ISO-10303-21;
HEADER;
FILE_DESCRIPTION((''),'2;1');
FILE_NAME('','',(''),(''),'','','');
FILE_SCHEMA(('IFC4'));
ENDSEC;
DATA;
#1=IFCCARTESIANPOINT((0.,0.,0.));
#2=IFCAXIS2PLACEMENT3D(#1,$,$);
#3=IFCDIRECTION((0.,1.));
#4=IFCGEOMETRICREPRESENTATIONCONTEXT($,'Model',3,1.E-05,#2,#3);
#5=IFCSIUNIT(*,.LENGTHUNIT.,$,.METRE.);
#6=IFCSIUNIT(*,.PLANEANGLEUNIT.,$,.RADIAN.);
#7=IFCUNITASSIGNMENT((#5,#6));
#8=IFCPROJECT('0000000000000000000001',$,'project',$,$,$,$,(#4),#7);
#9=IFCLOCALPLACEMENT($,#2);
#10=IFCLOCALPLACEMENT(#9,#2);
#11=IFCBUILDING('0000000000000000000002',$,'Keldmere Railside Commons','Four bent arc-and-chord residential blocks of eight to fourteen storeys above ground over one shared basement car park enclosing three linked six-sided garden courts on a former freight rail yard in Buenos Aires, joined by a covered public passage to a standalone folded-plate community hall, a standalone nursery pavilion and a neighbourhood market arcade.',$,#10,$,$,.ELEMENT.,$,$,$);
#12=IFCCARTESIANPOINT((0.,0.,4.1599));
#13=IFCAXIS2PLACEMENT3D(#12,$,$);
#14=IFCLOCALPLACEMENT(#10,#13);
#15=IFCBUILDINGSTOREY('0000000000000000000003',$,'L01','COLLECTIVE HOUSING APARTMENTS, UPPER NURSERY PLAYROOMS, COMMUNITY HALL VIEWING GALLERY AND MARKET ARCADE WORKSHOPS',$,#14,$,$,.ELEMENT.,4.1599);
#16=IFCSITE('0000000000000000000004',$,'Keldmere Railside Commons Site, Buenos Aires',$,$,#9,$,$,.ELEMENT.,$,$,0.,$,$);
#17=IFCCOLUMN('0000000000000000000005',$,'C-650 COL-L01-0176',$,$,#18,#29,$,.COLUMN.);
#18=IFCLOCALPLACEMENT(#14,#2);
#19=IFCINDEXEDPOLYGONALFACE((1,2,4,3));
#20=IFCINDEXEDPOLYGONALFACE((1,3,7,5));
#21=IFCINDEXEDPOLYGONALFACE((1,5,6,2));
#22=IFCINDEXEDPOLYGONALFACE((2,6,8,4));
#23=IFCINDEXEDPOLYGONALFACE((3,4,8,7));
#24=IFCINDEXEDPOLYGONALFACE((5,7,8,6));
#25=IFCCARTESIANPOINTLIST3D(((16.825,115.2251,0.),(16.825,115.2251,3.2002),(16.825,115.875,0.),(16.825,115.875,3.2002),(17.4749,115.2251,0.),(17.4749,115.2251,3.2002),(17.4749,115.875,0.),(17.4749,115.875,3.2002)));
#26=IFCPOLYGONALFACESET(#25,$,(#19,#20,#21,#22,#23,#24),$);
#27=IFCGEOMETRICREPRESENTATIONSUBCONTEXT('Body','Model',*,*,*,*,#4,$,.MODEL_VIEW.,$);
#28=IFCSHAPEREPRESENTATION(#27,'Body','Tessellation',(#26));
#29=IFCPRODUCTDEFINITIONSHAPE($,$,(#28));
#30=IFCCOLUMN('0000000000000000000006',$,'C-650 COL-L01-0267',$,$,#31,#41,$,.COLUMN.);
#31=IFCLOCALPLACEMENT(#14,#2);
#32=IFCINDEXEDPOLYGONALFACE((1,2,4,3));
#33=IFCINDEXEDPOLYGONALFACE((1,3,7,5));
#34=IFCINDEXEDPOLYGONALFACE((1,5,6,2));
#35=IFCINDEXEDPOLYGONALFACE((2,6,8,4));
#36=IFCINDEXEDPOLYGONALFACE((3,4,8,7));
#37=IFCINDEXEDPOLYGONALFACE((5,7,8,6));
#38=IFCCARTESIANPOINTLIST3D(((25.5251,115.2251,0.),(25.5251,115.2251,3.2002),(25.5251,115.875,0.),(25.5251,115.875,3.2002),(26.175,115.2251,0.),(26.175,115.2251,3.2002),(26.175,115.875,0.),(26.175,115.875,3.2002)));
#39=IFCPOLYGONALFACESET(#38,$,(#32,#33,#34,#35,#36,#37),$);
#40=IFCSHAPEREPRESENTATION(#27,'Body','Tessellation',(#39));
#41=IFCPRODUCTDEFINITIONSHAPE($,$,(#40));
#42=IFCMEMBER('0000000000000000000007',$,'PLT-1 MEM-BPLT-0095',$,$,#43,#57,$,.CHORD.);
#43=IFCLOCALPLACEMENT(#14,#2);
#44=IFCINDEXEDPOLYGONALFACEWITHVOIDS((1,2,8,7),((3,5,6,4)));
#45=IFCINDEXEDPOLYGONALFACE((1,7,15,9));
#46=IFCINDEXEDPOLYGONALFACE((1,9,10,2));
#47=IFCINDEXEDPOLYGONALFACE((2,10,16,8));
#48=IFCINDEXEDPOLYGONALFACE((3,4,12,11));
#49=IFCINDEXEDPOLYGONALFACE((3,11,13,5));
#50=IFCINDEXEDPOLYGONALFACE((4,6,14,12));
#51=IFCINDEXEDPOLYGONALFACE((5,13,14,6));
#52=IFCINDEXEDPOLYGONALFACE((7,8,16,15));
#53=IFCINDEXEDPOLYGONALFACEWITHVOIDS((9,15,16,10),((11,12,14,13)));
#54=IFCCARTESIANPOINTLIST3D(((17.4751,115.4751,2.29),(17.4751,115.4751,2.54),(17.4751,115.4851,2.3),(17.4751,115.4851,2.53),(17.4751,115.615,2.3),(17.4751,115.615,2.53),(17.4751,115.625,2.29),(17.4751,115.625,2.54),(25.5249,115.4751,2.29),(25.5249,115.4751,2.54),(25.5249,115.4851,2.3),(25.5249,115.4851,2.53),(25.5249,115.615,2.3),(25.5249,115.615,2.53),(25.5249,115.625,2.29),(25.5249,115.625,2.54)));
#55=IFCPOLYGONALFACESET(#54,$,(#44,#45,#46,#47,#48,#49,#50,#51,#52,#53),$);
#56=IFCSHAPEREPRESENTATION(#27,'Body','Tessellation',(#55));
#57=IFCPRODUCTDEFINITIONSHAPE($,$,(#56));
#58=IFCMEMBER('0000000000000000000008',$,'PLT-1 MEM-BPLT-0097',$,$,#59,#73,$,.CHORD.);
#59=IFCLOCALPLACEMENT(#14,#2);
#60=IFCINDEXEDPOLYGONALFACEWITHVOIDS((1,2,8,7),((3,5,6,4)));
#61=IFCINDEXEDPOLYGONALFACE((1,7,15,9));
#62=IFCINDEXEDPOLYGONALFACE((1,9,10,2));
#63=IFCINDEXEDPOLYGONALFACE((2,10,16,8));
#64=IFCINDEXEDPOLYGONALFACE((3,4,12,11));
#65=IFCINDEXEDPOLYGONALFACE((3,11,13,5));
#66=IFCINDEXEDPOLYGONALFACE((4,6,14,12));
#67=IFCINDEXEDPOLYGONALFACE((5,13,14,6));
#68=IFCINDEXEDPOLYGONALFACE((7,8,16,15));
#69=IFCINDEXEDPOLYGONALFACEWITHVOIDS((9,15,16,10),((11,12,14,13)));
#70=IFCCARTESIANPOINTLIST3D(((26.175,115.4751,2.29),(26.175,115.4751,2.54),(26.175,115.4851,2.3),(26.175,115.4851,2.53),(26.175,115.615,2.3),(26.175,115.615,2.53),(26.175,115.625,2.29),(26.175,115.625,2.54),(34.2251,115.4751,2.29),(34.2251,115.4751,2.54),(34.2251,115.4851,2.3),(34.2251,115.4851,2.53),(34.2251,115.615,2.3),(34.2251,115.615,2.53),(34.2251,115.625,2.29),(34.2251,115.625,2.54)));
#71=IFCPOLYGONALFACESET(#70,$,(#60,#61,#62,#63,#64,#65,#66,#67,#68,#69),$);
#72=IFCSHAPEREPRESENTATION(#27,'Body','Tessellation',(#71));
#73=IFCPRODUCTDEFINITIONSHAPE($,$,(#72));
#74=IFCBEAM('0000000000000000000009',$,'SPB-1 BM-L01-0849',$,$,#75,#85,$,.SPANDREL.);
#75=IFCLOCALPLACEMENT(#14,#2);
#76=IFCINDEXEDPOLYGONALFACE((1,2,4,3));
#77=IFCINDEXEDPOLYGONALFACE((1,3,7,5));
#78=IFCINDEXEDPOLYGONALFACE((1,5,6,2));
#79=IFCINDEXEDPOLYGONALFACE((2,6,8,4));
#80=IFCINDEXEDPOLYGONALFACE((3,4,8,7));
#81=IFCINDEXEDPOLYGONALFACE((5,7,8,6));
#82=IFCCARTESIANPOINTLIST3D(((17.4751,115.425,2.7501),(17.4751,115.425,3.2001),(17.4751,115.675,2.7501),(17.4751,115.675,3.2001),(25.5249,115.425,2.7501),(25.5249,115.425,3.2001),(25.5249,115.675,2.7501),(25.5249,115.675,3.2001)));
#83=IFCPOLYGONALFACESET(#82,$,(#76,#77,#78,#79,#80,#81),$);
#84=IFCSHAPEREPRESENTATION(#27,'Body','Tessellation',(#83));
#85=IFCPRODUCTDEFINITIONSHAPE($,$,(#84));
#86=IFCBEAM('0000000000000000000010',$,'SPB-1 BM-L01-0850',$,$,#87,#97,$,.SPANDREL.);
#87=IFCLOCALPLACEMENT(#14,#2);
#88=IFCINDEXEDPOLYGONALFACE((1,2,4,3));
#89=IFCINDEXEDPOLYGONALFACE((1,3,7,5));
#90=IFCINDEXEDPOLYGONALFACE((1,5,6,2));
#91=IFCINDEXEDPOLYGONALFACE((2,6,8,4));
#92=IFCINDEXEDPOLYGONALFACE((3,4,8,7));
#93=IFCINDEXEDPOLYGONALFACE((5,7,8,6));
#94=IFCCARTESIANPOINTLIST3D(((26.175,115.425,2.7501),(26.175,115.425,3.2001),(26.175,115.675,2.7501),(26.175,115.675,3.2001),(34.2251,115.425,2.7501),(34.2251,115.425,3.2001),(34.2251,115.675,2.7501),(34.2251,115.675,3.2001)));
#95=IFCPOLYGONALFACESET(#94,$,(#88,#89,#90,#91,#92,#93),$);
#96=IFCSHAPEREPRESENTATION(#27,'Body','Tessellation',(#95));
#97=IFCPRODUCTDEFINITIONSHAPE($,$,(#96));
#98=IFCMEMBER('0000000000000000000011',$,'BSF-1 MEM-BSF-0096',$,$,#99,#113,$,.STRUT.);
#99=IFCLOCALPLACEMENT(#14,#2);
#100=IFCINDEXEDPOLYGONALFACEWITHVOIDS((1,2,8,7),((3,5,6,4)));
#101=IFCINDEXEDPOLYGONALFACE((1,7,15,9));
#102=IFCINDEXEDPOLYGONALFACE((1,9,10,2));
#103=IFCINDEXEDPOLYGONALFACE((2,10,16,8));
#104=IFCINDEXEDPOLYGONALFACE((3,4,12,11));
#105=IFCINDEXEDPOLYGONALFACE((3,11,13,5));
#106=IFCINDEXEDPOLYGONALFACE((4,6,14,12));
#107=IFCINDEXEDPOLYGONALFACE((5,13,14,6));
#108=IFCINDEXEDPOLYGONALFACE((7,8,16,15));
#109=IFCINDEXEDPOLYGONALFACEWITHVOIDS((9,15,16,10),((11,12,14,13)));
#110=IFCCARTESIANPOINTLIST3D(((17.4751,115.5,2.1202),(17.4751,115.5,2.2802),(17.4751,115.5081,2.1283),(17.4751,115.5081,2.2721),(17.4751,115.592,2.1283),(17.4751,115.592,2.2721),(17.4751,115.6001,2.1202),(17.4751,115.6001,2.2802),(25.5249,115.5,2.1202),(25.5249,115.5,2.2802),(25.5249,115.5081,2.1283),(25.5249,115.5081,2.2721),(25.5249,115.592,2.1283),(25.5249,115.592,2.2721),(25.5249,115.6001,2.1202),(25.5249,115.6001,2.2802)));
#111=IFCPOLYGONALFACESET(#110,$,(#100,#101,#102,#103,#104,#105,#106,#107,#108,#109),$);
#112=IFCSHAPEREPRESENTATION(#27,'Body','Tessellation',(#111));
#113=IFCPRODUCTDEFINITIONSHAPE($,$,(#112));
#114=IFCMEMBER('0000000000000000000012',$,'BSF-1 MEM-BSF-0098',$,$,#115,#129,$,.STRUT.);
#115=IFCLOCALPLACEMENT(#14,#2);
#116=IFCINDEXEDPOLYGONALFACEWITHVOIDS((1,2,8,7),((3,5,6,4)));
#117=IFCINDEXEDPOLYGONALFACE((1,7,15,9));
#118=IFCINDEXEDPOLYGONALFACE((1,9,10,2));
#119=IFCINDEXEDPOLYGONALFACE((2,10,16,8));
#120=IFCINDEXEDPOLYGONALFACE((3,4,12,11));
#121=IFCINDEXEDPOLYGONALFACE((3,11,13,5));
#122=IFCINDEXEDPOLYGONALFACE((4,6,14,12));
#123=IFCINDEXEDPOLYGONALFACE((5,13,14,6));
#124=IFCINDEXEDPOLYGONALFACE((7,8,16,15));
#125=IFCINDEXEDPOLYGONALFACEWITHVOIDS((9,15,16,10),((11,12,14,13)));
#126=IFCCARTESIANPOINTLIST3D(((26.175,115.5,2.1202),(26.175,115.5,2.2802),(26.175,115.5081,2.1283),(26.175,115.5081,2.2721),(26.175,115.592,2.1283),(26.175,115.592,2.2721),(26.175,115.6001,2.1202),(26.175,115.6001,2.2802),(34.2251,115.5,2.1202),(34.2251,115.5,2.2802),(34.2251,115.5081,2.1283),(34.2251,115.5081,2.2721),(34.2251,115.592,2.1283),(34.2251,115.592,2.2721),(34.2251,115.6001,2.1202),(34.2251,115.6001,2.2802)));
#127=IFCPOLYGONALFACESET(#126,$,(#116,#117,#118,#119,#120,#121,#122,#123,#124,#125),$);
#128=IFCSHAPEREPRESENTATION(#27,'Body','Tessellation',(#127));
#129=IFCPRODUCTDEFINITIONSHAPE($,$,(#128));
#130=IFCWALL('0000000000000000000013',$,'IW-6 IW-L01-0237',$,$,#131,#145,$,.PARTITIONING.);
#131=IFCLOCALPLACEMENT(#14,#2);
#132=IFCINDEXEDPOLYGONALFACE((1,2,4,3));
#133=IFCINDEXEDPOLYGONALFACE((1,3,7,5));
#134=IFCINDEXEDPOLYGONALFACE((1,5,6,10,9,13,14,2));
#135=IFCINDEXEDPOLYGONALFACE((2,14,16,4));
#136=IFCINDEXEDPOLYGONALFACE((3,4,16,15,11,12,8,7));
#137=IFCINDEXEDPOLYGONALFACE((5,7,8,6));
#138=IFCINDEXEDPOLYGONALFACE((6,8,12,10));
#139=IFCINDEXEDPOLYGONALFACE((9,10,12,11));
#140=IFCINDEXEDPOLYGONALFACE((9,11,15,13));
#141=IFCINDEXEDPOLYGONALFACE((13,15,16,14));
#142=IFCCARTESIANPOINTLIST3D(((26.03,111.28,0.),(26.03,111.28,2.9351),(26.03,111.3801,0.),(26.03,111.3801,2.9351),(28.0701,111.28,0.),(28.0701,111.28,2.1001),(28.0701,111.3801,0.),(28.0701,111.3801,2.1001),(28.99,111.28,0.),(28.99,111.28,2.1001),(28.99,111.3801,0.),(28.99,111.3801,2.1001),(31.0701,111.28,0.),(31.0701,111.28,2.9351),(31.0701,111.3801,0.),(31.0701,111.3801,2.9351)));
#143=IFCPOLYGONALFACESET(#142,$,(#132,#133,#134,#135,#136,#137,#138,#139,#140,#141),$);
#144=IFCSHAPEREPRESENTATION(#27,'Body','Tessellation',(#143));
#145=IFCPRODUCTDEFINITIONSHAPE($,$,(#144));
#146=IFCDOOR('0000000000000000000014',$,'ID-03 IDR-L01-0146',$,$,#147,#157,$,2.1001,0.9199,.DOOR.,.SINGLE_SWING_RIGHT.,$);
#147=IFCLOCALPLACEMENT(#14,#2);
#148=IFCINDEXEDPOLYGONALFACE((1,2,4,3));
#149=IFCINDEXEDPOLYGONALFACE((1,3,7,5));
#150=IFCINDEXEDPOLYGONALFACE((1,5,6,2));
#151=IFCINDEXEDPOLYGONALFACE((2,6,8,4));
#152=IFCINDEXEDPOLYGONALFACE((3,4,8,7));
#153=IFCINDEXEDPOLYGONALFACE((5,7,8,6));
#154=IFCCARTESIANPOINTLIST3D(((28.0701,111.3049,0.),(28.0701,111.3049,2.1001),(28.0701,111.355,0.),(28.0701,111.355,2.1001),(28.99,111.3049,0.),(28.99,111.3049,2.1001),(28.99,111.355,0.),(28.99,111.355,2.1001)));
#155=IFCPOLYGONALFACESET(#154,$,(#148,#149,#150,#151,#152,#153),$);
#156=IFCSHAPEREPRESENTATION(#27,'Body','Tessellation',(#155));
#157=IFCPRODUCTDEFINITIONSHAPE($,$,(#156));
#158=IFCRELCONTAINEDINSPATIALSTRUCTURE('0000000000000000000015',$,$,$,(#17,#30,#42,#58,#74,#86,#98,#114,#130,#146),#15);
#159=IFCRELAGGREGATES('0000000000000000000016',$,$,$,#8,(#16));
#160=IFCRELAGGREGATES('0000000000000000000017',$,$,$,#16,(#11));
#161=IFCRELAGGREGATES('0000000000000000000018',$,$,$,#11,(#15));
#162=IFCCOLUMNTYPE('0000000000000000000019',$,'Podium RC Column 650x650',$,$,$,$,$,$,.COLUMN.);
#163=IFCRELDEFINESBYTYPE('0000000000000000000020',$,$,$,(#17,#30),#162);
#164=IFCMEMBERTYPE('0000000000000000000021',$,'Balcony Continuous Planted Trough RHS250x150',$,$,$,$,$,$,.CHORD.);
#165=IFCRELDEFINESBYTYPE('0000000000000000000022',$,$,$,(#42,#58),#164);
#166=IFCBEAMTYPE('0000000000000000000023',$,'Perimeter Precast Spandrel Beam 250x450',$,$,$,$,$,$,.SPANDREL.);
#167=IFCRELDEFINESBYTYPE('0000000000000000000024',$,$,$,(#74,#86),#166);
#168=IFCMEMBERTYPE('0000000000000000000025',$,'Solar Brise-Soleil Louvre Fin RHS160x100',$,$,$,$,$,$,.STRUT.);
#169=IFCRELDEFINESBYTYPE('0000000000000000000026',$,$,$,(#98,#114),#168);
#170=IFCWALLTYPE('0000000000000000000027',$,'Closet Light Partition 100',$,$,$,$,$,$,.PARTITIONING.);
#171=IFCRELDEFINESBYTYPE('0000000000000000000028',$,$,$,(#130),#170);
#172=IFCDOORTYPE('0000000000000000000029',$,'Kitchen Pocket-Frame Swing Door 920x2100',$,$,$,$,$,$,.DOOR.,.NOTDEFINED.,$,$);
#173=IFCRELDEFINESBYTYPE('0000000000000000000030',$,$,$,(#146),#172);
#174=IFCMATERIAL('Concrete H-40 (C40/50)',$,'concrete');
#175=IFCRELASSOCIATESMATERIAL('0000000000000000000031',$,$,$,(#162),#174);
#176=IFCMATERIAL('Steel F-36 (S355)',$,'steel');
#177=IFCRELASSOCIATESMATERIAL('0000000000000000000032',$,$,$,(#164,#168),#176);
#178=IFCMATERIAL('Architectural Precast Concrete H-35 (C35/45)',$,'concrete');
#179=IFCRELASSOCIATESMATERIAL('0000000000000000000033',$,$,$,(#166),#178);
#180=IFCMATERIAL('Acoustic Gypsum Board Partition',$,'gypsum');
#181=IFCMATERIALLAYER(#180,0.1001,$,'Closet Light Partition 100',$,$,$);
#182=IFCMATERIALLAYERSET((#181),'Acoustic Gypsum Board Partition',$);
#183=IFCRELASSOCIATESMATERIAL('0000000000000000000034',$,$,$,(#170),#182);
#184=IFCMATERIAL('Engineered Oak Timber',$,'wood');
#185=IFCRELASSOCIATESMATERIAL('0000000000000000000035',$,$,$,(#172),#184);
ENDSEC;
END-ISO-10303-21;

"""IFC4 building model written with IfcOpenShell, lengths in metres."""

from ifc_helpers import new_model, si_unit, direction, frame, frame_2d, origin, origin_2d, place, context, subcontext, project, spatial, rectangle, hollow_rectangle, extrude, material, layer, layer_set, material_profile, profile_set, type_object, element, fill, save


model = new_model("IFC4")

# Units and contexts
model_context = context("Model", 3, precision=1e-05, world=origin(), true_north=direction((0.0, 1.0)))
body_context = subcontext(model_context, "Body", "Model", "MODEL_VIEW")
ifc_project = project(units=[si_unit("LENGTHUNIT", "METRE"), si_unit("PLANEANGLEUNIT", "RADIAN")], contexts=[model_context])

# Site, building, storey
site_placement = place(None, origin())
site = spatial("IfcSite", under=ifc_project, at=site_placement, Name="Keldmere Railside Commons Site, Buenos Aires", CompositionType="ELEMENT", RefElevation=0.0)
building_placement = place(site_placement, origin())
building = spatial("IfcBuilding", under=site, at=building_placement, Name="Keldmere Railside Commons", Description="Four bent arc-and-chord residential blocks of eight to fourteen storeys above ground over one shared basement car park enclosing three linked six-sided garden courts on a former freight rail yard in Buenos Aires, joined by a covered public passage to a standalone folded-plate community hall, a standalone nursery pavilion and a neighbourhood market arcade.", CompositionType="ELEMENT")
storey_placement = place(building_placement, frame((0.0, 0.0, 4.1599)))
storey = spatial("IfcBuildingStorey", under=building, at=storey_placement, Name="L01", Description="COLLECTIVE HOUSING APARTMENTS, UPPER NURSERY PLAYROOMS, COMMUNITY HALL VIEWING GALLERY AND MARKET ARCADE WORKSHOPS", CompositionType="ELEMENT", Elevation=4.1599)

# Columns
ifc_material_1 = material(Name="Concrete H-40 (C40/50)", Category="concrete")
ifc_material_profile_1 = material_profile(ifc_material_1, rectangle(XDim=0.6499, YDim=0.6499, at=origin_2d()), Name="RC-650x650")
ifc_profile_set_1 = profile_set([ifc_material_profile_1], Name="Concrete H-40 (C40/50)")
column_type = type_object("IfcColumnType", Name="Podium RC Column 650x650", PredefinedType="COLUMN", material=ifc_profile_set_1)
for number, where, z_axis, x_axis, name in (
    (1, (17.1499, 115.55, 0.0), (0.0, 0.0, 1.0), (1.0, 0.0, 0.0), "C-650 COL-L01-0176"),
    (2, (25.8501, 115.55, 0.0), (0.0, 0.0, 1.0), (1.0, 0.0, 0.0), "C-650 COL-L01-0267"),
):
    element("IfcColumn", number, at=place(storey_placement, frame(where, z_axis=z_axis, x_axis=x_axis)), inside=storey, type_object=column_type, Name=name, PredefinedType="COLUMN", context=body_context, shape_type="SweptSolid", body=[
        extrude(rectangle(XDim=0.6499, YDim=0.6499, at=origin_2d()), origin(), (0.0, 0.0, 1.0), 3.2002),
    ])

# Members
ifc_material_2 = material(Name="Steel F-36 (S355)", Category="steel")
ifc_material_profile_2 = material_profile(ifc_material_2, hollow_rectangle(XDim=0.1499, YDim=0.25, WallThickness=0.01, at=origin_2d()), Name="RHS-250x150x10")
ifc_profile_set_2 = profile_set([ifc_material_profile_2], Name="Steel F-36 (S355)")
member_type_1 = type_object("IfcMemberType", Name="Balcony Continuous Planted Trough RHS250x150", PredefinedType="CHORD", material=ifc_profile_set_2)
member_1_placement = place(storey_placement, frame((17.4751, 115.55, 2.415), z_axis=(1.0, 0.0, 0.0), x_axis=(0.0, 1.0, 0.0)))
element("IfcMember", 3, at=member_1_placement, inside=storey, type_object=member_type_1, Name="PLT-1 MEM-BPLT-0095", PredefinedType="CHORD", context=body_context, shape_type="SweptSolid", body=[
    extrude(hollow_rectangle(XDim=0.1499, YDim=0.25, WallThickness=0.01, at=origin_2d()), origin(), (0.0, 0.0, 1.0), 8.0498),
])
member_2_placement = place(storey_placement, frame((26.175, 115.55, 2.415), z_axis=(1.0, 0.0, 0.0), x_axis=(0.0, 1.0, 0.0)))
element("IfcMember", 4, at=member_2_placement, inside=storey, type_object=member_type_1, Name="PLT-1 MEM-BPLT-0097", PredefinedType="CHORD", context=body_context, shape_type="SweptSolid", body=[
    extrude(hollow_rectangle(XDim=0.1499, YDim=0.25, WallThickness=0.01, at=origin_2d()), origin(), (0.0, 0.0, 1.0), 8.05),
])

# Beams
ifc_material_3 = material(Name="Architectural Precast Concrete H-35 (C35/45)", Category="concrete")
ifc_material_profile_3 = material_profile(ifc_material_3, rectangle(XDim=0.25, YDim=0.45, at=origin_2d()), Name="RC-250x450")
ifc_profile_set_3 = profile_set([ifc_material_profile_3], Name="Architectural Precast Concrete H-35 (C35/45)")
beam_type = type_object("IfcBeamType", Name="Perimeter Precast Spandrel Beam 250x450", PredefinedType="SPANDREL", material=ifc_profile_set_3)
beam_1_placement = place(storey_placement, frame((17.4751, 115.55, 2.9751), z_axis=(1.0, 0.0, 0.0), x_axis=(0.0, 1.0, 0.0)))
element("IfcBeam", 5, at=beam_1_placement, inside=storey, type_object=beam_type, Name="SPB-1 BM-L01-0849", PredefinedType="SPANDREL", context=body_context, shape_type="SweptSolid", body=[
    extrude(rectangle(XDim=0.25, YDim=0.45, at=origin_2d()), origin(), (0.0, 0.0, 1.0), 8.0498),
])
beam_2_placement = place(storey_placement, frame((26.175, 115.55, 2.9751), z_axis=(1.0, 0.0, 0.0), x_axis=(0.0, 1.0, 0.0)))
element("IfcBeam", 6, at=beam_2_placement, inside=storey, type_object=beam_type, Name="SPB-1 BM-L01-0850", PredefinedType="SPANDREL", context=body_context, shape_type="SweptSolid", body=[
    extrude(rectangle(XDim=0.25, YDim=0.45, at=origin_2d()), origin(), (0.0, 0.0, 1.0), 8.05),
])

# Members
ifc_material_profile_4 = material_profile(ifc_material_2, hollow_rectangle(XDim=0.1001, YDim=0.1599, WallThickness=0.0081, at=origin_2d()), Name="RHS-160x100x8")
ifc_profile_set_4 = profile_set([ifc_material_profile_4], Name="Steel F-36 (S355)")
member_type_2 = type_object("IfcMemberType", Name="Solar Brise-Soleil Louvre Fin RHS160x100", PredefinedType="STRUT", material=ifc_profile_set_4)
member_3_placement = place(storey_placement, frame((17.4751, 115.55, 2.2002), z_axis=(1.0, 0.0, 0.0), x_axis=(0.0, 1.0, 0.0)))
element("IfcMember", 7, at=member_3_placement, inside=storey, type_object=member_type_2, Name="BSF-1 MEM-BSF-0096", PredefinedType="STRUT", context=body_context, shape_type="SweptSolid", body=[
    extrude(hollow_rectangle(XDim=0.1001, YDim=0.1599, WallThickness=0.0081, at=origin_2d()), origin(), (0.0, 0.0, 1.0), 8.0498),
])
member_4_placement = place(storey_placement, frame((26.175, 115.55, 2.2002), z_axis=(1.0, 0.0, 0.0), x_axis=(0.0, 1.0, 0.0)))
element("IfcMember", 8, at=member_4_placement, inside=storey, type_object=member_type_2, Name="BSF-1 MEM-BSF-0098", PredefinedType="STRUT", context=body_context, shape_type="SweptSolid", body=[
    extrude(hollow_rectangle(XDim=0.1001, YDim=0.1599, WallThickness=0.0081, at=origin_2d()), origin(), (0.0, 0.0, 1.0), 8.05),
])

# Wall, opening, door
ifc_material_4 = material(Name="Acoustic Gypsum Board Partition", Category="gypsum")
ifc_layer_1 = layer(ifc_material_4, 0.1001, Name="Closet Light Partition 100")
ifc_layer_set_1 = layer_set([ifc_layer_1], Name="Acoustic Gypsum Board Partition")
wall_type_1 = type_object("IfcWallType", Name="Closet Light Partition 100", PredefinedType="PARTITIONING", material=ifc_layer_set_1)
wall_1_placement = place(storey_placement, frame((26.03, 111.3301, 0.0), z_axis=(0.0, 0.0, 1.0), x_axis=(1.0, 0.0, 0.0)))
wall_1 = element("IfcWall", 9, at=wall_1_placement, inside=storey, type_object=wall_type_1, Name="IW-6 IW-L01-0237", PredefinedType="PARTITIONING", context=body_context, shape_type="SweptSolid", body=[
    extrude(rectangle(XDim=5.04, YDim=0.1001, at=frame_2d((2.52, 0.0))), origin(), (0.0, 0.0, 1.0), 2.9351),
])
opening_1_placement = place(wall_1_placement, frame((2.04, 0.0, 0.0)))
opening_1 = element("IfcOpeningElement", 10, at=opening_1_placement, cuts=wall_1, PredefinedType="OPENING", context=body_context, shape_type="SweptSolid", body=[
    extrude(rectangle(XDim=0.9199, YDim=2.1001, at=frame_2d((0.46, 1.05))), frame((0.0, 0.0601, 0.0), z_axis=(0.0, -1.0, 0.0), x_axis=(1.0, 0.0, 0.0)), (0.0, 0.0, 1.0), 0.1201),
])
ifc_material_5 = material(Name="Engineered Oak Timber", Category="wood")
door_type_1 = type_object("IfcDoorType", Name="Kitchen Pocket-Frame Swing Door 920x2100", OperationType="NOTDEFINED", PredefinedType="DOOR", material=ifc_material_5)
door_1_placement = place(opening_1_placement, origin())
door_1 = element("IfcDoor", 11, at=door_1_placement, inside=storey, type_object=door_type_1, Name="ID-03 IDR-L01-0146", OperationType="SINGLE_SWING_RIGHT", OverallHeight=2.1001, OverallWidth=0.9199, PredefinedType="DOOR", context=body_context, shape_type="SweptSolid", body=[
    extrude(rectangle(XDim=0.9199, YDim=2.1001, at=frame_2d((0.46, 1.05))), frame((0.0, 0.0249, 0.0), z_axis=(0.0, -1.0, 0.0), x_axis=(1.0, 0.0, 0.0)), (0.0, 0.0, 1.0), 0.05),
])
fill(opening_1, door_1)

save(model, "model.ifc")
